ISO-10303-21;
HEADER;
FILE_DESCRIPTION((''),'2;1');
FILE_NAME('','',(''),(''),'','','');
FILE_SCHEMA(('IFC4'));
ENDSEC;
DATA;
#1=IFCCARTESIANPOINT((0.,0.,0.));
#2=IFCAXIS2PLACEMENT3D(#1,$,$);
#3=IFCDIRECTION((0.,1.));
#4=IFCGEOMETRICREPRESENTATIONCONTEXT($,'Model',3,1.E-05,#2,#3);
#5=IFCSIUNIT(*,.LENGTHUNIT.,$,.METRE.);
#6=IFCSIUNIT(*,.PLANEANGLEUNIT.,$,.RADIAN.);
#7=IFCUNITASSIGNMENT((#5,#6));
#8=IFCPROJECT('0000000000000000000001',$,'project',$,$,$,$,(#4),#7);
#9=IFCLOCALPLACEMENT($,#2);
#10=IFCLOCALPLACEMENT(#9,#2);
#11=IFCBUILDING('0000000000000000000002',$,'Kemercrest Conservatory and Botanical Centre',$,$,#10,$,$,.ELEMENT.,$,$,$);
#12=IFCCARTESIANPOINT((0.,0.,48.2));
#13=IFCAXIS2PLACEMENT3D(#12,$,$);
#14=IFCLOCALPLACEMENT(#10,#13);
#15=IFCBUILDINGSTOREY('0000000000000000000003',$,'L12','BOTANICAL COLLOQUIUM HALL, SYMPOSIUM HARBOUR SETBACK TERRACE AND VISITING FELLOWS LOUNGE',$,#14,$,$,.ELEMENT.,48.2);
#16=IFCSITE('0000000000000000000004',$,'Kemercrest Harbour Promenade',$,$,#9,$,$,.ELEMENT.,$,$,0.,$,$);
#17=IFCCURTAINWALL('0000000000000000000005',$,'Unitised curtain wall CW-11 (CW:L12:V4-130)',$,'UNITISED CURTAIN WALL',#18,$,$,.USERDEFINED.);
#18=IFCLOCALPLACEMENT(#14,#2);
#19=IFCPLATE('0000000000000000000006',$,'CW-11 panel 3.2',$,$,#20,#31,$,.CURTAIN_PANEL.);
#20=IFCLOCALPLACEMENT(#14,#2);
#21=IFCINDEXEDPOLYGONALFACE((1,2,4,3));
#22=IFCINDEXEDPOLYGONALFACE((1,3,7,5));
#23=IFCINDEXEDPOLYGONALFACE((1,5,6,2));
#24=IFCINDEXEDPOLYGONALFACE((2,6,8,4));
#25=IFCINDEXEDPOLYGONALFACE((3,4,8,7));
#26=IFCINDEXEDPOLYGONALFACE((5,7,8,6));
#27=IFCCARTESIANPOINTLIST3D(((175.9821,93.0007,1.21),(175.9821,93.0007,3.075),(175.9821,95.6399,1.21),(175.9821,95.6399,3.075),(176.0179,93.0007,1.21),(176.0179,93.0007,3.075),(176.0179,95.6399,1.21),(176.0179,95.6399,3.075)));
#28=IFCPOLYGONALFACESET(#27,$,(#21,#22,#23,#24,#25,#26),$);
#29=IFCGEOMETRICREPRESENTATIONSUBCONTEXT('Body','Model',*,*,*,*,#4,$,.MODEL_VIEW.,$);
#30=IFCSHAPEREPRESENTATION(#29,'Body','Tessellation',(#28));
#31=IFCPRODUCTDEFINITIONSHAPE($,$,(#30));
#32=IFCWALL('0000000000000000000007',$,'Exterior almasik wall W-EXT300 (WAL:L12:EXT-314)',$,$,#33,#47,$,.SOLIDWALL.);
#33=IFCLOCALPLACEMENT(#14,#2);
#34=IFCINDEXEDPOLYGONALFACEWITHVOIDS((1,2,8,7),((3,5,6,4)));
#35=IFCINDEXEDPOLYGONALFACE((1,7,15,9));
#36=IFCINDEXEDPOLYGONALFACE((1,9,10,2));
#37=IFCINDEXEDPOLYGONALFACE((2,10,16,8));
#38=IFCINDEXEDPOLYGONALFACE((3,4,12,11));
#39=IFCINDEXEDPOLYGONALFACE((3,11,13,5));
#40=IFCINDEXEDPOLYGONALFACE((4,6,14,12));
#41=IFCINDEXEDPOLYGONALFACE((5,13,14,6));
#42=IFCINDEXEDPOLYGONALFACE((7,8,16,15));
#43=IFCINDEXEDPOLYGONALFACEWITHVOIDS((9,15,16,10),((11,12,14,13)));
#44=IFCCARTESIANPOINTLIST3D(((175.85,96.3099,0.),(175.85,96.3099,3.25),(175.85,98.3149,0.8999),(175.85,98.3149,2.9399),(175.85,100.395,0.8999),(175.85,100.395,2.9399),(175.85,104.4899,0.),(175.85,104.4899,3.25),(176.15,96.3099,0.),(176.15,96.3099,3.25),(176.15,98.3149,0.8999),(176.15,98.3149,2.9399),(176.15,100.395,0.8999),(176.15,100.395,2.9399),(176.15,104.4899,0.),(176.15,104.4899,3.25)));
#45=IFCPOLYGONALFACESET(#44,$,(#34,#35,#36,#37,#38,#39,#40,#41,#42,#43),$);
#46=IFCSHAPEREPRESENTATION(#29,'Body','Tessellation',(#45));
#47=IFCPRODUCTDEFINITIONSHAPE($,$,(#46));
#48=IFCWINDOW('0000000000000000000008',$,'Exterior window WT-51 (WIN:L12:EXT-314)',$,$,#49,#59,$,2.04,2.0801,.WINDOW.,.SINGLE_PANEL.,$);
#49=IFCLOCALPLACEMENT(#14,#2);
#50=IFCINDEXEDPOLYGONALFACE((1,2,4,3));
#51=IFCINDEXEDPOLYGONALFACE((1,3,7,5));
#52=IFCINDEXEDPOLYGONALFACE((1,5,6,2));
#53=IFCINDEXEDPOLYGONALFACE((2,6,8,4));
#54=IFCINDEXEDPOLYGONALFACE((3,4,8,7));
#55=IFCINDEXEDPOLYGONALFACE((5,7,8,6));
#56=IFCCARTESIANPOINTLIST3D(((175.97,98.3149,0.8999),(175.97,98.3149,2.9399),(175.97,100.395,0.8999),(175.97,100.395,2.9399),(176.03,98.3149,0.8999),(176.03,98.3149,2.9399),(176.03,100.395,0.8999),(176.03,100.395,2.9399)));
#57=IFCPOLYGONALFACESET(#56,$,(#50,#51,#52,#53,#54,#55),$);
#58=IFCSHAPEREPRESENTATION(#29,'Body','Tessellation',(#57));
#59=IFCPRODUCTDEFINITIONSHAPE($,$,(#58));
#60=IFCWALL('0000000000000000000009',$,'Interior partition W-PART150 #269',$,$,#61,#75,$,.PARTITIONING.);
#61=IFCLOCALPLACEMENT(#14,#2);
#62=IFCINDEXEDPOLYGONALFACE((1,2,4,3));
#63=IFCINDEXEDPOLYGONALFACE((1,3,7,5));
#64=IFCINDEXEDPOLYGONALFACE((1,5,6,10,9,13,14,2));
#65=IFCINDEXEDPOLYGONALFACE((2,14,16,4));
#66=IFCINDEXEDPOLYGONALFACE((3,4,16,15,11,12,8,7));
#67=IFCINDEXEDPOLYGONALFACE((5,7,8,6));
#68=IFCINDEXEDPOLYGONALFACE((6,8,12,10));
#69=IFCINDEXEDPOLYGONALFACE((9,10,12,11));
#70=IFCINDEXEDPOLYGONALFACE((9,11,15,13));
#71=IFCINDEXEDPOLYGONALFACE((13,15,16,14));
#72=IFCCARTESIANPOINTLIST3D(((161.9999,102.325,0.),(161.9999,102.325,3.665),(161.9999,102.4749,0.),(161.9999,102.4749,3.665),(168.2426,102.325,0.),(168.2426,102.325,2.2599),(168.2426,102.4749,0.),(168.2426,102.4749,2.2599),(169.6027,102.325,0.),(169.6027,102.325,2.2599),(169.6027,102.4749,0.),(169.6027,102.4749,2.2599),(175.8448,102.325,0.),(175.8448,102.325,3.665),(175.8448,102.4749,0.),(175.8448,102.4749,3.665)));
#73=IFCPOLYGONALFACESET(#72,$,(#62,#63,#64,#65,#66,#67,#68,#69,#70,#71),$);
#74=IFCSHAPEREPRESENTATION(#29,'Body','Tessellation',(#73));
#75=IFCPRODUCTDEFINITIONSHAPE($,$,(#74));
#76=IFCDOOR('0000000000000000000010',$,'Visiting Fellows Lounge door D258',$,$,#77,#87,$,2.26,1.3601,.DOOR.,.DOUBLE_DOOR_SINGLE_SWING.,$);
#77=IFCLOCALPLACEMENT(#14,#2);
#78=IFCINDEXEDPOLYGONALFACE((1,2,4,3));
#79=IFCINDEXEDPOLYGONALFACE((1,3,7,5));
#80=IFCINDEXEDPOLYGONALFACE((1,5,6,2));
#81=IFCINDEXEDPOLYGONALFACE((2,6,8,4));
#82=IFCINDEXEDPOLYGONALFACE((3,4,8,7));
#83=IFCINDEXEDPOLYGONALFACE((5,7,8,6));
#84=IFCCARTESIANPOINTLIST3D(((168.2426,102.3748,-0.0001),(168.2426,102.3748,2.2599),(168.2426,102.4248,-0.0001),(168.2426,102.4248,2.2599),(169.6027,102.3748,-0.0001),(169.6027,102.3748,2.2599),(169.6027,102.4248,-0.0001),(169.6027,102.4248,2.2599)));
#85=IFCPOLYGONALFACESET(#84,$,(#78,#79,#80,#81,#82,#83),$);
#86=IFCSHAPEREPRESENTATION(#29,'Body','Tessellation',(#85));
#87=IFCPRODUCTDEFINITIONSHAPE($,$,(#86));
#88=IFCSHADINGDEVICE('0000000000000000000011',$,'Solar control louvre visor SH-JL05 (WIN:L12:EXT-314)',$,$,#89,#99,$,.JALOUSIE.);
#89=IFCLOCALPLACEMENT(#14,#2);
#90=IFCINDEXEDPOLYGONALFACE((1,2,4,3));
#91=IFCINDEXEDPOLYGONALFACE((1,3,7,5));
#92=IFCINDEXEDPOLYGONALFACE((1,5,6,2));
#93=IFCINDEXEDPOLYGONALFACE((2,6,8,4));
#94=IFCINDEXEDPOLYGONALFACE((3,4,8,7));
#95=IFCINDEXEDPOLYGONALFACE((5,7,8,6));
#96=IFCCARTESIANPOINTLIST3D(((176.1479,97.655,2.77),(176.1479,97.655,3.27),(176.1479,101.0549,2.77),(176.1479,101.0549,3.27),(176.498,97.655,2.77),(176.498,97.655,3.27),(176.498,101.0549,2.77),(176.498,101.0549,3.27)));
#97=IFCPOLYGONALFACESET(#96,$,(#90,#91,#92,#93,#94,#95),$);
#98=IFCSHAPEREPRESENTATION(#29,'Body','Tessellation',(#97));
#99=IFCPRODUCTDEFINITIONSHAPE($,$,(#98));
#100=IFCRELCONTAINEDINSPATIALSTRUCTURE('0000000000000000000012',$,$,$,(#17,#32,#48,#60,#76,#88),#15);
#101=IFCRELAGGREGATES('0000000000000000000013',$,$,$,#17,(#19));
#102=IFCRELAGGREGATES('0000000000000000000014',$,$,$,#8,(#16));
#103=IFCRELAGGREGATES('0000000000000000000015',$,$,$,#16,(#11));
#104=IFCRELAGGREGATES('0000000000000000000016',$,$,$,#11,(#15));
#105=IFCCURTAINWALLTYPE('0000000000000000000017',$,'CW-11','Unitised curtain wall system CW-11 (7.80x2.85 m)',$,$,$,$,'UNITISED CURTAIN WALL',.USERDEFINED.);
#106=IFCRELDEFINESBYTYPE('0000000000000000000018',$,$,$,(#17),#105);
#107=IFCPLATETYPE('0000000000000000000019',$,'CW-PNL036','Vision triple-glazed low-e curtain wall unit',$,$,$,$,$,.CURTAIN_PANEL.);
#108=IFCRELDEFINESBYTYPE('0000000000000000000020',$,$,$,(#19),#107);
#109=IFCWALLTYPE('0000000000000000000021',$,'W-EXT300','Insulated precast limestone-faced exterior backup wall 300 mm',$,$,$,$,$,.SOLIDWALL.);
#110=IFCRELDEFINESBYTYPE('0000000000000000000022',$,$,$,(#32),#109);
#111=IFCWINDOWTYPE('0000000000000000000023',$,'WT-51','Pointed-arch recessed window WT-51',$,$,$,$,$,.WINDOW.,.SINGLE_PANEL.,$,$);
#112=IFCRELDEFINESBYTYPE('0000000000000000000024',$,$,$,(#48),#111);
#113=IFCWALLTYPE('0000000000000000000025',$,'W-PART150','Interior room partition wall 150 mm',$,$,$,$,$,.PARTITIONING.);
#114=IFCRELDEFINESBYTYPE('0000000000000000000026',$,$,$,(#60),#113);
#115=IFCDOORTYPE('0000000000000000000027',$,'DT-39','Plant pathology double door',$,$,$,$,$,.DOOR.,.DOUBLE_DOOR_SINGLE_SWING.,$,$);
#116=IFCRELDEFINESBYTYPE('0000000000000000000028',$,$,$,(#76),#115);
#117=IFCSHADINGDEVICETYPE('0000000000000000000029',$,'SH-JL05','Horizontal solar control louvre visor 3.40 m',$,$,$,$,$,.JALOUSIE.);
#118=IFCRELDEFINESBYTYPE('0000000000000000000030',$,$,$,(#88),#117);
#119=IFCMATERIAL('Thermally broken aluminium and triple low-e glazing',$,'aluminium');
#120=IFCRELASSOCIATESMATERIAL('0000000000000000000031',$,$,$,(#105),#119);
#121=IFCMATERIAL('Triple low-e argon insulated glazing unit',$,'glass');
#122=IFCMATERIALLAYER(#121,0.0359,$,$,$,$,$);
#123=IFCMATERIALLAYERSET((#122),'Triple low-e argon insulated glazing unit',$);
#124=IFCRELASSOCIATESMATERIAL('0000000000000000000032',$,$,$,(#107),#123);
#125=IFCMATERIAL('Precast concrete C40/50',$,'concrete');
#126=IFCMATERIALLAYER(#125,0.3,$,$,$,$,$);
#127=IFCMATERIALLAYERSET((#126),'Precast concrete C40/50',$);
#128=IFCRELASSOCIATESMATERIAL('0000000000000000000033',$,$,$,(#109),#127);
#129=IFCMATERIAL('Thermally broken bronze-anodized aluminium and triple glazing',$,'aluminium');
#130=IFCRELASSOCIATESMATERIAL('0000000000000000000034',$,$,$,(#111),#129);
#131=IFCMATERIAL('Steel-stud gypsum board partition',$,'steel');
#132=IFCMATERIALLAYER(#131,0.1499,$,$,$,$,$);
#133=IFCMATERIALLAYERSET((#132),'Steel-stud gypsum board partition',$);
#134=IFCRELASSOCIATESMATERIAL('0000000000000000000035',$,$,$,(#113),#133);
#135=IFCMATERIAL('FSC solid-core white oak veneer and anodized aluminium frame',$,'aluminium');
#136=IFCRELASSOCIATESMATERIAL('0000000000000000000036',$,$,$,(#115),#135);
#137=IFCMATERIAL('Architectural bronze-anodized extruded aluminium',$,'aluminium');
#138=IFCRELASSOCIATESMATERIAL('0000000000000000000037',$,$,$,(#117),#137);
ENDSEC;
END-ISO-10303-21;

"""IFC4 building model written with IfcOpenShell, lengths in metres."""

from ifc_helpers import new_model, si_unit, direction, frame, frame_2d, origin, origin_2d, place, context, subcontext, project, spatial, rectangle, extrude, material, layer, layer_set, type_object, element, fill, aggregate, save


model = new_model("IFC4")

# Units and contexts
model_context = context("Model", 3, precision=1e-05, world=origin(), true_north=direction((0.0, 1.0)))
body_context = subcontext(model_context, "Body", "Model", "MODEL_VIEW")
ifc_project = project(units=[si_unit("LENGTHUNIT", "METRE"), si_unit("PLANEANGLEUNIT", "RADIAN")], contexts=[model_context])

# Site, building, storey
site_placement = place(None, origin())
site = spatial("IfcSite", under=ifc_project, at=site_placement, Name="Kemercrest Harbour Promenade", CompositionType="ELEMENT", RefElevation=0.0)
building_placement = place(site_placement, origin())
building = spatial("IfcBuilding", under=site, at=building_placement, Name="Kemercrest Conservatory and Botanical Centre", CompositionType="ELEMENT")
storey_placement = place(building_placement, frame((0.0, 0.0, 48.2)))
storey = spatial("IfcBuildingStorey", under=building, at=storey_placement, Name="L12", Description="BOTANICAL COLLOQUIUM HALL, SYMPOSIUM HARBOUR SETBACK TERRACE AND VISITING FELLOWS LOUNGE", CompositionType="ELEMENT", Elevation=48.2)

# Curtain wall
ifc_material_1 = material(Name="Thermally broken aluminium and triple low-e glazing", Category="aluminium")
curtain_wall_type = type_object("IfcCurtainWallType", Name="CW-11", Description="Unitised curtain wall system CW-11 (7.80x2.85 m)", ElementType="UNITISED CURTAIN WALL", PredefinedType="USERDEFINED", material=ifc_material_1)
curtain_wall_placement = place(storey_placement, origin())
curtain_wall = element("IfcCurtainWall", 1, at=curtain_wall_placement, inside=storey, type_object=curtain_wall_type, Name="Unitised curtain wall CW-11 (CW:L12:V4-130)", ObjectType="UNITISED CURTAIN WALL", PredefinedType="USERDEFINED")

# Plate
ifc_material_2 = material(Name="Triple low-e argon insulated glazing unit", Category="glass")
ifc_layer_1 = layer(ifc_material_2, 0.0359)
ifc_layer_set_1 = layer_set([ifc_layer_1], Name="Triple low-e argon insulated glazing unit")
plate_type = type_object("IfcPlateType", Name="CW-PNL036", Description="Vision triple-glazed low-e curtain wall unit", PredefinedType="CURTAIN_PANEL", material=ifc_layer_set_1)
plate_1_placement = place(storey_placement, frame((176.0, 94.3203, 1.21), z_axis=(0.0, 0.0, 1.0), x_axis=(0.0, 1.0, 0.0)))
plate_1 = element("IfcPlate", 2, at=plate_1_placement, type_object=plate_type, Name="CW-11 panel 3.2", PredefinedType="CURTAIN_PANEL", context=body_context, shape_type="SweptSolid", body=[
    extrude(rectangle(XDim=2.6392, YDim=0.0359, at=origin_2d()), origin(), (0.0, 0.0, 1.0), 1.865),
])
aggregate(curtain_wall, [plate_1])

# Wall, opening, window
ifc_material_3 = material(Name="Precast concrete C40/50", Category="concrete")
ifc_layer_2 = layer(ifc_material_3, 0.3)
ifc_layer_set_2 = layer_set([ifc_layer_2], Name="Precast concrete C40/50")
wall_type_1 = type_object("IfcWallType", Name="W-EXT300", Description="Insulated precast limestone-faced exterior backup wall 300 mm", PredefinedType="SOLIDWALL", material=ifc_layer_set_2)
wall_1_placement = place(storey_placement, frame((176.0, 96.3101, 0.0), z_axis=(0.0, 0.0, 1.0), x_axis=(0.0, 1.0, 0.0)))
wall_1 = element("IfcWall", 3, at=wall_1_placement, inside=storey, type_object=wall_type_1, Name="Exterior almasik wall W-EXT300 (WAL:L12:EXT-314)", PredefinedType="SOLIDWALL", context=body_context, shape_type="SweptSolid", body=[
    extrude(rectangle(XDim=8.1799, YDim=0.3, at=frame_2d((4.0898, 0.0))), origin(), (0.0, 0.0, 1.0), 3.25),
])
opening_1_placement = place(wall_1_placement, frame((2.0049, 0.0, 0.8999)))
opening_1 = element("IfcOpeningElement", 4, at=opening_1_placement, cuts=wall_1, PredefinedType="OPENING", context=body_context, shape_type="SweptSolid", body=[
    extrude(rectangle(XDim=2.0801, YDim=2.04, at=frame_2d((1.04, 1.02))), frame((0.0, 0.1602, 0.0), z_axis=(0.0, -1.0, 0.0), x_axis=(1.0, 0.0, 0.0)), (0.0, 0.0, 1.0), 0.3201),
])
ifc_material_4 = material(Name="Thermally broken bronze-anodized aluminium and triple glazing", Category="aluminium")
window_type = type_object("IfcWindowType", Name="WT-51", Description="Pointed-arch recessed window WT-51", PartitioningType="SINGLE_PANEL", PredefinedType="WINDOW", material=ifc_material_4)
window_placement = place(opening_1_placement, origin())
window = element("IfcWindow", 5, at=window_placement, inside=storey, type_object=window_type, Name="Exterior window WT-51 (WIN:L12:EXT-314)", OverallHeight=2.04, OverallWidth=2.0801, PartitioningType="SINGLE_PANEL", PredefinedType="WINDOW", context=body_context, shape_type="SweptSolid", body=[
    extrude(rectangle(XDim=2.0801, YDim=2.04, at=frame_2d((1.04, 1.02))), frame((0.0, 0.03, 0.0), z_axis=(0.0, -1.0, 0.0), x_axis=(1.0, 0.0, 0.0)), (0.0, 0.0, 1.0), 0.0601),
])
fill(opening_1, window)

# Wall, opening, door
ifc_material_5 = material(Name="Steel-stud gypsum board partition", Category="steel")
ifc_layer_3 = layer(ifc_material_5, 0.1499)
ifc_layer_set_3 = layer_set([ifc_layer_3], Name="Steel-stud gypsum board partition")
wall_type_2 = type_object("IfcWallType", Name="W-PART150", Description="Interior room partition wall 150 mm", PredefinedType="PARTITIONING", material=ifc_layer_set_3)
wall_2_placement = place(storey_placement, frame((162.0, 102.3999, 0.0), z_axis=(0.0, 0.0, 1.0), x_axis=(1.0, 0.0, 0.0)))
wall_2 = element("IfcWall", 6, at=wall_2_placement, inside=storey, type_object=wall_type_2, Name="Interior partition W-PART150 #269", PredefinedType="PARTITIONING", context=body_context, shape_type="SweptSolid", body=[
    extrude(rectangle(XDim=13.845, YDim=0.1499, at=frame_2d((6.9224, 0.0))), origin(), (0.0, 0.0, 1.0), 3.665),
])
opening_2_placement = place(wall_2_placement, frame((6.2424, 0.0, 0.0)))
opening_2 = element("IfcOpeningElement", 7, at=opening_2_placement, cuts=wall_2, PredefinedType="OPENING", context=body_context, shape_type="SweptSolid", body=[
    extrude(rectangle(XDim=1.3601, YDim=2.26, at=frame_2d((0.6802, 1.1299))), frame((0.0, 0.085, 0.0), z_axis=(0.0, -1.0, 0.0), x_axis=(1.0, 0.0, 0.0)), (0.0, 0.0, 1.0), 0.1699),
])
ifc_material_6 = material(Name="FSC solid-core white oak veneer and anodized aluminium frame", Category="aluminium")
door_type = type_object("IfcDoorType", Name="DT-39", Description="Plant pathology double door", OperationType="DOUBLE_DOOR_SINGLE_SWING", PredefinedType="DOOR", material=ifc_material_6)
door_placement = place(opening_2_placement, origin())
door = element("IfcDoor", 8, at=door_placement, inside=storey, type_object=door_type, Name="Visiting Fellows Lounge door D258", OperationType="DOUBLE_DOOR_SINGLE_SWING", OverallHeight=2.26, OverallWidth=1.3601, PredefinedType="DOOR", context=body_context, shape_type="SweptSolid", body=[
    extrude(rectangle(XDim=1.3601, YDim=2.26, at=frame_2d((0.6802, 1.1299))), frame((0.0, 0.0249, 0.0), z_axis=(0.0, -1.0, 0.0), x_axis=(1.0, 0.0, 0.0)), (0.0, 0.0, 1.0), 0.05),
])
fill(opening_2, door)

# Shading device
ifc_material_7 = material(Name="Architectural bronze-anodized extruded aluminium", Category="aluminium")
shading_device_type = type_object("IfcShadingDeviceType", Name="SH-JL05", Description="Horizontal solar control louvre visor 3.40 m", PredefinedType="JALOUSIE", material=ifc_material_7)
shading_device_placement = place(storey_placement, frame((176.323, 99.355, 2.77), z_axis=(0.0, 0.0, 1.0), x_axis=(0.0, 1.0, 0.0)))
element("IfcShadingDevice", 9, at=shading_device_placement, inside=storey, type_object=shading_device_type, Name="Solar control louvre visor SH-JL05 (WIN:L12:EXT-314)", PredefinedType="JALOUSIE", context=body_context, shape_type="SweptSolid", body=[
    extrude(rectangle(XDim=3.3999, YDim=0.3501, at=origin_2d()), origin(), (0.0, 0.0, 1.0), 0.5),
])

save(model, "model.ifc")
